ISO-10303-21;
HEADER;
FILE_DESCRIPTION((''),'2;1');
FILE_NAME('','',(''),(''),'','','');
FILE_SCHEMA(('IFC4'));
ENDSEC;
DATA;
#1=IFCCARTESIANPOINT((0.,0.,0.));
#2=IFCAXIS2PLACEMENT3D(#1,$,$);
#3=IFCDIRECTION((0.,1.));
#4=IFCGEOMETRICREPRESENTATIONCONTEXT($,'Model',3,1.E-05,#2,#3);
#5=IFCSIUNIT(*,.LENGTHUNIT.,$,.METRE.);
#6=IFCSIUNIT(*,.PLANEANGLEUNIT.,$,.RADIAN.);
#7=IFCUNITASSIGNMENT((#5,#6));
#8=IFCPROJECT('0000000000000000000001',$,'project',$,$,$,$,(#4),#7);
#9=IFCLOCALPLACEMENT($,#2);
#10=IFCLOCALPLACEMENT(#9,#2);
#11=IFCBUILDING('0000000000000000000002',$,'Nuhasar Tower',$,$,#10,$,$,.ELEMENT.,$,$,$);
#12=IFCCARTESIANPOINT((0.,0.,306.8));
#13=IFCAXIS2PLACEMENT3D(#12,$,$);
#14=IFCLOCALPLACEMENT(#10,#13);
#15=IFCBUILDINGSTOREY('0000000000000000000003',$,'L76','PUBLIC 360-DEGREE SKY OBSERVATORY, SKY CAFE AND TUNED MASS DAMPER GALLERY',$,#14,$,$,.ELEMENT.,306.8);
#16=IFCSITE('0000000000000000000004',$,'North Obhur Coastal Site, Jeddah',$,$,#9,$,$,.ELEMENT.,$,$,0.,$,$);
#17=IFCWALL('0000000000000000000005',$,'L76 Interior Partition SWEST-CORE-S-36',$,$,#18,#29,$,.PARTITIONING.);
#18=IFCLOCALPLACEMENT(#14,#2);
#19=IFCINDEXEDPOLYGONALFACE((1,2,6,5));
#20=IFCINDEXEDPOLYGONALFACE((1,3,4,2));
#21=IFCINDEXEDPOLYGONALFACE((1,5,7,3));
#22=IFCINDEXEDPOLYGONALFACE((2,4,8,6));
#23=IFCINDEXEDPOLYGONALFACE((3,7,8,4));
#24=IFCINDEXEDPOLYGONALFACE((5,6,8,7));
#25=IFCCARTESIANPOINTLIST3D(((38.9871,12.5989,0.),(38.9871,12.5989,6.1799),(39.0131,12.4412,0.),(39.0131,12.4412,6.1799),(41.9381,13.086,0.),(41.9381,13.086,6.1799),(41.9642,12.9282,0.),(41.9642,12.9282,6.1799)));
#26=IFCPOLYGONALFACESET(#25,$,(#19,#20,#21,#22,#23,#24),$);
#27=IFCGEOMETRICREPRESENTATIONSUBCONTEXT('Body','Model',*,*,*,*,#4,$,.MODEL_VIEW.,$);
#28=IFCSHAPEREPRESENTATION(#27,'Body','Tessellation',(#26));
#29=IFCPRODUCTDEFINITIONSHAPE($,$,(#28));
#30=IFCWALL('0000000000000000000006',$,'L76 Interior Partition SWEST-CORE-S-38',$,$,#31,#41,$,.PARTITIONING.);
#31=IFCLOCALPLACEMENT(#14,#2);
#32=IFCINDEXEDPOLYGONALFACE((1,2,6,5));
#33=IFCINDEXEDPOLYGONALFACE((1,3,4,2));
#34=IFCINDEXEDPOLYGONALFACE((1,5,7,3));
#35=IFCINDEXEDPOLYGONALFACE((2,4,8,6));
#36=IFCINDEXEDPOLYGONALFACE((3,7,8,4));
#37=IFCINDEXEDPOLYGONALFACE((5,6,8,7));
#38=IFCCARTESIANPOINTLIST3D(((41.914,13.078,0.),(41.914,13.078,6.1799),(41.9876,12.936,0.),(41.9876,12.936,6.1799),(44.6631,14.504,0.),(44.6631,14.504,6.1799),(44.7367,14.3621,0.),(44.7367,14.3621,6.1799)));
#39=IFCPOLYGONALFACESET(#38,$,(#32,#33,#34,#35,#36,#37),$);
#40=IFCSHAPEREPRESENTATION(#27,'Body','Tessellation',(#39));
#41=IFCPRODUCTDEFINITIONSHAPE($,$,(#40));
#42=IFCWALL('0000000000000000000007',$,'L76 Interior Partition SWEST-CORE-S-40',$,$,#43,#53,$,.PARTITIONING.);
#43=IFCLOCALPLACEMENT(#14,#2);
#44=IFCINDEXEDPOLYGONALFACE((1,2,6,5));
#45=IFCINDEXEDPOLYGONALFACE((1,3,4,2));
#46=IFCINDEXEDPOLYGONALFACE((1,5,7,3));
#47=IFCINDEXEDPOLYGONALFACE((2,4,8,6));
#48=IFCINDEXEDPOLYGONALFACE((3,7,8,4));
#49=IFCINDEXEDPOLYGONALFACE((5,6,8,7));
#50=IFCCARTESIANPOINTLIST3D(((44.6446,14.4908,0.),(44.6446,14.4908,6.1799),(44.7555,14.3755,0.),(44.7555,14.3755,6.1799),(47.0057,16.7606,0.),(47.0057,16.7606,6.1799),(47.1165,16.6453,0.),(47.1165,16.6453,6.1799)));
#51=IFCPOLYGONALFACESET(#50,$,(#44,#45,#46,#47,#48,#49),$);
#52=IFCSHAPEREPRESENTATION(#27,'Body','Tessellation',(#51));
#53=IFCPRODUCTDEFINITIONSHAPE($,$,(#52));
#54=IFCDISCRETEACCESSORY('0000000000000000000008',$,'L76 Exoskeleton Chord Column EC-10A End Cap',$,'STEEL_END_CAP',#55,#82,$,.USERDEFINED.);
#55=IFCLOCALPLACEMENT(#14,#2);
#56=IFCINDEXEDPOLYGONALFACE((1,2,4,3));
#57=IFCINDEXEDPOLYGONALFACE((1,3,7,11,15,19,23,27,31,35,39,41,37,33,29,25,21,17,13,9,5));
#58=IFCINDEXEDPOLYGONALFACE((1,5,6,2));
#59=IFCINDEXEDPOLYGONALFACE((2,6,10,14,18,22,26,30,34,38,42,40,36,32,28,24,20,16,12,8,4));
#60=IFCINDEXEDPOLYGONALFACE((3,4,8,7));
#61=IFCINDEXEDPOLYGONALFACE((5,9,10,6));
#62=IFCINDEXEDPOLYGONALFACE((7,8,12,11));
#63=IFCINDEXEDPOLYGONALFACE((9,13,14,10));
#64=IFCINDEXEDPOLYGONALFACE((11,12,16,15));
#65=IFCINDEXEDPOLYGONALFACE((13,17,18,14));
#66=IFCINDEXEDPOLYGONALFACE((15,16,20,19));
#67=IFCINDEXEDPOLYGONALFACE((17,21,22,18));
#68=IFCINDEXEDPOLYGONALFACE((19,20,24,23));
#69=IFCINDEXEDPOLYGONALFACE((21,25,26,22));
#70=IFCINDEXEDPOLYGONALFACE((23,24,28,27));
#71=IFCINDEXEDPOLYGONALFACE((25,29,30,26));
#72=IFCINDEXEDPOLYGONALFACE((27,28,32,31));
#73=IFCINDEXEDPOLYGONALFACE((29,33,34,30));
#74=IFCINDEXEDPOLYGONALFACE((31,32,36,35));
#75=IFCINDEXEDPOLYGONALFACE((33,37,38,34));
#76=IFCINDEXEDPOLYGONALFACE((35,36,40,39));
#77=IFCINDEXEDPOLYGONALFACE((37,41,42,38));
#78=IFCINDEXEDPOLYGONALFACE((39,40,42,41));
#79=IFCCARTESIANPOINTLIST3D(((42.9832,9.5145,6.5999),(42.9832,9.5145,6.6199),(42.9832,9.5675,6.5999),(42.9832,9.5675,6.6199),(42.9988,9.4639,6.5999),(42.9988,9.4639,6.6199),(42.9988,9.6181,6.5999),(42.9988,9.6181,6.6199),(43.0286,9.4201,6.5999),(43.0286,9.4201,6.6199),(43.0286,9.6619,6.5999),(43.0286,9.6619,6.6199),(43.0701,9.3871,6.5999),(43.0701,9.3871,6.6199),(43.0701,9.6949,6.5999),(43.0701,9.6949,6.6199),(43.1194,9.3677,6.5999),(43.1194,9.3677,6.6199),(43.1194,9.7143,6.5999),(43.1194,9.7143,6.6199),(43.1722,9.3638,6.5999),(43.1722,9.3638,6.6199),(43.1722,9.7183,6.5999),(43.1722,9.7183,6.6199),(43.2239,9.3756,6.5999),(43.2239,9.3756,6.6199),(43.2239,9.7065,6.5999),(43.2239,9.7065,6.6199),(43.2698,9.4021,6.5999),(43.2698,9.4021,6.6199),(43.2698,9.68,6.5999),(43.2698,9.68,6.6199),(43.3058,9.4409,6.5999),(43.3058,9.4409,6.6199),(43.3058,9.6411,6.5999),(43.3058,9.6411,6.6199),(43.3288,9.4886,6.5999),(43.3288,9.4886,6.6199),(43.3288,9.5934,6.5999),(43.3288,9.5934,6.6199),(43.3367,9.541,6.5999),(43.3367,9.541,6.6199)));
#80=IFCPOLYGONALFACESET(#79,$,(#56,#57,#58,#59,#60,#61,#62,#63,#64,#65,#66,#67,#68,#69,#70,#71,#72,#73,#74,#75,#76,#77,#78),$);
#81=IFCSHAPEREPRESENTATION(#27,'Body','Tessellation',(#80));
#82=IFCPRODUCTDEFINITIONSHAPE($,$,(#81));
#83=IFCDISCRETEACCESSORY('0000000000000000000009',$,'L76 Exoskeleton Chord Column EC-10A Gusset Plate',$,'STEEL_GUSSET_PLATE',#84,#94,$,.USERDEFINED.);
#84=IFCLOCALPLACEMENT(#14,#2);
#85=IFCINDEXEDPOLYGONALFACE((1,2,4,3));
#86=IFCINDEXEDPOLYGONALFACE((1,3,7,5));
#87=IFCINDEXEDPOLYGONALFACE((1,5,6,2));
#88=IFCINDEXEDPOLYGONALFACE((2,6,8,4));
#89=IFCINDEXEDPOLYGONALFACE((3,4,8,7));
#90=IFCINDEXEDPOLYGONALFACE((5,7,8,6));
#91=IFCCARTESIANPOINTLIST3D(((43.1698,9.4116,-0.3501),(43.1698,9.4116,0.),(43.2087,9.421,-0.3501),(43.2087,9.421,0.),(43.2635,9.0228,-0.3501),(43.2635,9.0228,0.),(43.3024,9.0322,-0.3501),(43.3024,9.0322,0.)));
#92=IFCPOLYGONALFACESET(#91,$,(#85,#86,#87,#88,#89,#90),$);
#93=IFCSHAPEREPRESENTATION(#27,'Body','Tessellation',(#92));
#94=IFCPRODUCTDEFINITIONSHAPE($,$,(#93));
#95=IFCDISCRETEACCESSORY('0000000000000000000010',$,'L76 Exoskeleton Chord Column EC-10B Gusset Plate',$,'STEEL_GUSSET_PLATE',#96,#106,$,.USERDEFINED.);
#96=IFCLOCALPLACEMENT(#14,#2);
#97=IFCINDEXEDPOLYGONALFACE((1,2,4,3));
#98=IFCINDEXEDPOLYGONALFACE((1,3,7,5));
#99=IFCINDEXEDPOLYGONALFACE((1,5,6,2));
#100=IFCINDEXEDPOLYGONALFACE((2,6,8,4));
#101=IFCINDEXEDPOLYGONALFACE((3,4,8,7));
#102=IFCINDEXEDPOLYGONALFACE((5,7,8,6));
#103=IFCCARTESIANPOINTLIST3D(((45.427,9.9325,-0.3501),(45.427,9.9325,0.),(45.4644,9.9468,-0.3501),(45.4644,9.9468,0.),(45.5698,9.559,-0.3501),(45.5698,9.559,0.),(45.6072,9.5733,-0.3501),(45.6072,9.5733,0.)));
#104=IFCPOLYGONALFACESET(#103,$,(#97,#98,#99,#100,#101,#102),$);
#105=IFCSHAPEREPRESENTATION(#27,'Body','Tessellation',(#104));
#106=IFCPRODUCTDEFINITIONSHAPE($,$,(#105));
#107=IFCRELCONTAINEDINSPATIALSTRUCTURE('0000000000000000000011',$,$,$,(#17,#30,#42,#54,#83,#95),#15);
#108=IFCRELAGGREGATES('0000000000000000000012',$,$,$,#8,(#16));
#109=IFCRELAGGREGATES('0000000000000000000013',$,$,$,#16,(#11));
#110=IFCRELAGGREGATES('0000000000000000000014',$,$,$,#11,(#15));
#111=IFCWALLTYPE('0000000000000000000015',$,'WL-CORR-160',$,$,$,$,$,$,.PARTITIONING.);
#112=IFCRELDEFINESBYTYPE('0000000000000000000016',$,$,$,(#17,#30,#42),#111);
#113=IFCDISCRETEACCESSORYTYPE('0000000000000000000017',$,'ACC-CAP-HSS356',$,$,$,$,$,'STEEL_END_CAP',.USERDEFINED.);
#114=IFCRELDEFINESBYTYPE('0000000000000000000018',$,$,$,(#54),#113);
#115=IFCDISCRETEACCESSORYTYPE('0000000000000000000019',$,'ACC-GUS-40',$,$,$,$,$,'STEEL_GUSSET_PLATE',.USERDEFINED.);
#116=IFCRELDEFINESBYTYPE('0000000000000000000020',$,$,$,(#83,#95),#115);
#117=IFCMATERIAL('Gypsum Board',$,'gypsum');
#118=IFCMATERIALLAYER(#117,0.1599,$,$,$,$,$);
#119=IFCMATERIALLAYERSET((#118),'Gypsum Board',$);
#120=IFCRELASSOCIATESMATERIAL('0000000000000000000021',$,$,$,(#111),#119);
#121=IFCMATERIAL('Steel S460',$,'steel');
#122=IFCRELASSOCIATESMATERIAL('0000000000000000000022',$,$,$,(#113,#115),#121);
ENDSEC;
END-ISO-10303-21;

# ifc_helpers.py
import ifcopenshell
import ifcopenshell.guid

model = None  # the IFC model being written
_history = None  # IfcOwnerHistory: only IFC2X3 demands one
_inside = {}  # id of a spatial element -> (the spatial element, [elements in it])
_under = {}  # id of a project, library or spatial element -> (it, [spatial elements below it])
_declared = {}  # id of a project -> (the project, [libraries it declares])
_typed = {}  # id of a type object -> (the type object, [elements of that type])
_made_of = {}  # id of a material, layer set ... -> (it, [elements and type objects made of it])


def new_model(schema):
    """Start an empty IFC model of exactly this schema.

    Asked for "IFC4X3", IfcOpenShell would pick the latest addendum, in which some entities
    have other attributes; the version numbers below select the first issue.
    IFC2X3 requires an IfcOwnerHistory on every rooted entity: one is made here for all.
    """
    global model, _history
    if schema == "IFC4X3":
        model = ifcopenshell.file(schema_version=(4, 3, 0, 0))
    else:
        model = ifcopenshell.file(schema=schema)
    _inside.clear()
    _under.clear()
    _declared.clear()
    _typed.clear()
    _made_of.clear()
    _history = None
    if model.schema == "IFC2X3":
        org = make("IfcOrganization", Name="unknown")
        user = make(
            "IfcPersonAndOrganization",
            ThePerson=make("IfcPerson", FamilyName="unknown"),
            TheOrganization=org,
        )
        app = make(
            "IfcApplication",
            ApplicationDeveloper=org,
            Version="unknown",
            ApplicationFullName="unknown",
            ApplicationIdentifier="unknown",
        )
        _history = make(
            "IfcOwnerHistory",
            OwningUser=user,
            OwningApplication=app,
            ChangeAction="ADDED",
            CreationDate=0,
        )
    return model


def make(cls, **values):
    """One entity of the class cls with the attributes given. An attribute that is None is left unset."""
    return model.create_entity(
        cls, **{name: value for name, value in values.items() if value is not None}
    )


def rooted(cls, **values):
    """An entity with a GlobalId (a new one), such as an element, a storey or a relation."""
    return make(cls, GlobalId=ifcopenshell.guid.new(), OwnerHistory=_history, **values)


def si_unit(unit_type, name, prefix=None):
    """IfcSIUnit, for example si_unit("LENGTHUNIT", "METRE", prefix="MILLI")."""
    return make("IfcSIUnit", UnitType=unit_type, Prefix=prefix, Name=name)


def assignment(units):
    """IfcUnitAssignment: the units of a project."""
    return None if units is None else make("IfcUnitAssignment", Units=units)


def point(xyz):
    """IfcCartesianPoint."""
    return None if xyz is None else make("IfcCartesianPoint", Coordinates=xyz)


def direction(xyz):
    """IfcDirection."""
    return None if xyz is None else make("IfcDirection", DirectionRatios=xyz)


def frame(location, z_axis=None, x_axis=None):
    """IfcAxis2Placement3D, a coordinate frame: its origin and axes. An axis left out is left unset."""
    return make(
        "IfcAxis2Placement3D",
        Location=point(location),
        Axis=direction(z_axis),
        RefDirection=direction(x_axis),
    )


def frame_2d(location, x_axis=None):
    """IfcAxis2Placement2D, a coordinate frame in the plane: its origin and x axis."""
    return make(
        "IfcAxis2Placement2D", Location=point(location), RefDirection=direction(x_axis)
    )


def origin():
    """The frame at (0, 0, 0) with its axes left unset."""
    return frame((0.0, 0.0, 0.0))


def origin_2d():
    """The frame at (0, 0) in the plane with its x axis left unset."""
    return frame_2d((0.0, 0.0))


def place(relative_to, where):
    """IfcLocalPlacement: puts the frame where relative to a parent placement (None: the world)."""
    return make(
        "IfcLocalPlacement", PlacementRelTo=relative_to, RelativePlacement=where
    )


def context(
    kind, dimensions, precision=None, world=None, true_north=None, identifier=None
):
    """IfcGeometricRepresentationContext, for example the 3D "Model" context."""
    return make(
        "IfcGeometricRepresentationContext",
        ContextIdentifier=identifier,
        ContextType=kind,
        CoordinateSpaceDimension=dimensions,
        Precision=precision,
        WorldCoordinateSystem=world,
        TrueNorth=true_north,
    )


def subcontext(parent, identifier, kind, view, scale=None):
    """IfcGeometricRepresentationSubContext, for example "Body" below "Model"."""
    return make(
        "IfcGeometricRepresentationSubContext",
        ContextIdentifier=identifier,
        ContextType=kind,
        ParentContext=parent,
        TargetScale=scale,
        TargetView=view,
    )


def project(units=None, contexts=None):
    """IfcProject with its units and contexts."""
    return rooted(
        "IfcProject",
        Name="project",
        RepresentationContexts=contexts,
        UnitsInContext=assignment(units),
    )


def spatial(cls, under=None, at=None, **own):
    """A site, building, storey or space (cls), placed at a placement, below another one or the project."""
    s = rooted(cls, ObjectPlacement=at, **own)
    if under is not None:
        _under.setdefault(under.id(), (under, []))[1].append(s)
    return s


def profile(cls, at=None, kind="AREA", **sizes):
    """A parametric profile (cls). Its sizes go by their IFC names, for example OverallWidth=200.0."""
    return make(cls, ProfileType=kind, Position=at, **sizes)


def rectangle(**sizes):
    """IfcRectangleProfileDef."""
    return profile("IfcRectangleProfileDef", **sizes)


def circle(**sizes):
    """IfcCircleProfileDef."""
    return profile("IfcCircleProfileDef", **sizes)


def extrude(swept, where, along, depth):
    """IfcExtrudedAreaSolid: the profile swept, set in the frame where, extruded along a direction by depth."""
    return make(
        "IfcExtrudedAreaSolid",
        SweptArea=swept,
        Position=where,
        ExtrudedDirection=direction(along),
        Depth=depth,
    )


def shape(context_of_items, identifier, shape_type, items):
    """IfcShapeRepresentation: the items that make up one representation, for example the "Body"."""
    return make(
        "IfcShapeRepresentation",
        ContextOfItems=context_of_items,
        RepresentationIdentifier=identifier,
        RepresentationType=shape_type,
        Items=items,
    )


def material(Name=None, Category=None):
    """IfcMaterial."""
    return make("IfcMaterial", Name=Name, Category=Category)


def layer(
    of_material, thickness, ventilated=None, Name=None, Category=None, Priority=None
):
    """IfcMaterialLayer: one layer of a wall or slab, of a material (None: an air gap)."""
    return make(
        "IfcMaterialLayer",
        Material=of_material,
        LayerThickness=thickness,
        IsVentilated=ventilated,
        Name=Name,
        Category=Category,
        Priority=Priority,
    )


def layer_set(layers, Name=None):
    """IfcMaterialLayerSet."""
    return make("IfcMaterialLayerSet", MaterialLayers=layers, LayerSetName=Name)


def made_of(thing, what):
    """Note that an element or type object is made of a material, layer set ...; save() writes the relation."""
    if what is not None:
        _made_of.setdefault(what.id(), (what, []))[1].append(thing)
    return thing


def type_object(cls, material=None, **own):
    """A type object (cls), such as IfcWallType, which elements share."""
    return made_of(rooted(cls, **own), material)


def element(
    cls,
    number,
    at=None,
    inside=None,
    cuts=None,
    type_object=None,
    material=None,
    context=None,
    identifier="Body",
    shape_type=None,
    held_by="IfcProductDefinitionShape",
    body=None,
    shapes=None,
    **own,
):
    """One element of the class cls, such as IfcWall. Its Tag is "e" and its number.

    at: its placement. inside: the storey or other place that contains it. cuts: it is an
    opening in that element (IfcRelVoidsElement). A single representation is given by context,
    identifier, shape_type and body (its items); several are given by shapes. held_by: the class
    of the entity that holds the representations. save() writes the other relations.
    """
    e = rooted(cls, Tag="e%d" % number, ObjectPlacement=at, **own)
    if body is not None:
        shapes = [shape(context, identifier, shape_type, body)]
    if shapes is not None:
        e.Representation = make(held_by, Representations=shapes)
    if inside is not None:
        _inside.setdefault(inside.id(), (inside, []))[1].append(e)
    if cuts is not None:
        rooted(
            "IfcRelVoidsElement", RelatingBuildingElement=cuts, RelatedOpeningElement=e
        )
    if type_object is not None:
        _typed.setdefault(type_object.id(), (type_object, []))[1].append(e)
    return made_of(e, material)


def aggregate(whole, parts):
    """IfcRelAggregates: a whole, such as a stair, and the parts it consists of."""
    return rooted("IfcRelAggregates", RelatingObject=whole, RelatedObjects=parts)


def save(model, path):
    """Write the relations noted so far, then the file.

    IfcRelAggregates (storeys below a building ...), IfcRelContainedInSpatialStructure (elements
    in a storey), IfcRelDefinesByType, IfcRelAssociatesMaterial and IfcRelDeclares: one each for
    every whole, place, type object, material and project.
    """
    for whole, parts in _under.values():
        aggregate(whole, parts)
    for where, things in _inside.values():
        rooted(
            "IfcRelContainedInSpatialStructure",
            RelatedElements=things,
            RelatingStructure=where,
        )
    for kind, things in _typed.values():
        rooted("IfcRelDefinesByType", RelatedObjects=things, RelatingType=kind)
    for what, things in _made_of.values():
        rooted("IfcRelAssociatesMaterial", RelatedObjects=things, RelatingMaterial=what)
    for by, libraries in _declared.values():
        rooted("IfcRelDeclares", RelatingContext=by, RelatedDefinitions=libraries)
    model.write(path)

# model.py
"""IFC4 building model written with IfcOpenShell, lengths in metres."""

from ifc_helpers import new_model, si_unit, direction, frame, frame_2d, origin, origin_2d, place, context, subcontext, project, spatial, rectangle, circle, extrude, material, layer, layer_set, type_object, element, save


model = new_model("IFC4")

# Units and contexts
model_context = context("Model", 3, precision=1e-05, world=origin(), true_north=direction((0.0, 1.0)))
body_context = subcontext(model_context, "Body", "Model", "MODEL_VIEW")
ifc_project = project(units=[si_unit("LENGTHUNIT", "METRE"), si_unit("PLANEANGLEUNIT", "RADIAN")], contexts=[model_context])

# Site, building, storey
site_placement = place(None, origin())
site = spatial("IfcSite", under=ifc_project, at=site_placement, Name="North Obhur Coastal Site, Jeddah", CompositionType="ELEMENT", RefElevation=0.0)
building_placement = place(site_placement, origin())
building = spatial("IfcBuilding", under=site, at=building_placement, Name="Nuhasar Tower", CompositionType="ELEMENT")
storey_placement = place(building_placement, frame((0.0, 0.0, 306.8)))
storey = spatial("IfcBuildingStorey", under=building, at=storey_placement, Name="L76", Description="PUBLIC 360-DEGREE SKY OBSERVATORY, SKY CAFE AND TUNED MASS DAMPER GALLERY", CompositionType="ELEMENT", Elevation=306.8)

# Shared definitions
ifc_material_1 = material(Name="Steel S460", Category="steel")

# Walls
ifc_material_2 = material(Name="Gypsum Board", Category="gypsum")
ifc_layer_1 = layer(ifc_material_2, 0.1599)
ifc_layer_set_1 = layer_set([ifc_layer_1], Name="Gypsum Board")
wall_type_1 = type_object("IfcWallType", Name="WL-CORR-160", PredefinedType="PARTITIONING", material=ifc_layer_set_1)
wall_1_placement = place(storey_placement, frame((39.0, 12.52, 0.0), z_axis=(0.0, 0.0, 1.0), x_axis=(0.986651, 0.16285, 0.0)))
element("IfcWall", 1, at=wall_1_placement, inside=storey, type_object=wall_type_1, Name="L76 Interior Partition SWEST-CORE-S-36", PredefinedType="PARTITIONING", context=body_context, shape_type="SweptSolid", body=[
    extrude(rectangle(XDim=2.991, YDim=0.1599, at=frame_2d((1.4956, 0.0))), origin(), (0.0, 0.0, 1.0), 6.1799),
])
wall_2_placement = place(storey_placement, frame((41.9509, 13.0071, 0.0), z_axis=(0.0, 0.0, 1.0), x_axis=(0.887675, 0.460471, 0.0)))
element("IfcWall", 2, at=wall_2_placement, inside=storey, type_object=wall_type_1, Name="L76 Interior Partition SWEST-CORE-S-38", PredefinedType="PARTITIONING", context=body_context, shape_type="SweptSolid", body=[
    extrude(rectangle(XDim=3.0969, YDim=0.1599, at=frame_2d((1.5483, 0.0))), origin(), (0.0, 0.0, 1.0), 6.1799),
])
wall_3_placement = place(storey_placement, frame((44.7, 14.4331, 0.0), z_axis=(0.0, 0.0, 1.0), x_axis=(0.720909, 0.69303, 0.0)))
element("IfcWall", 3, at=wall_3_placement, inside=storey, type_object=wall_type_1, Name="L76 Interior Partition SWEST-CORE-S-40", PredefinedType="PARTITIONING", context=body_context, shape_type="SweptSolid", body=[
    extrude(rectangle(XDim=3.2751, YDim=0.1599, at=frame_2d((1.6377, 0.0))), origin(), (0.0, 0.0, 1.0), 6.1799),
])

# Discrete accessories
discrete_accessory_type_1 = type_object("IfcDiscreteAccessoryType", Name="ACC-CAP-HSS356", ElementType="STEEL_END_CAP", PredefinedType="USERDEFINED", material=ifc_material_1)
discrete_accessory_placement = place(storey_placement, frame((43.1589, 9.541, 6.5999), z_axis=(0.0, 0.0, 1.0), x_axis=(1.0, 0.0, 0.0)))
element("IfcDiscreteAccessory", 4, at=discrete_accessory_placement, inside=storey, type_object=discrete_accessory_type_1, Name="L76 Exoskeleton Chord Column EC-10A End Cap", ObjectType="STEEL_END_CAP", PredefinedType="USERDEFINED", context=body_context, shape_type="SweptSolid", body=[
    extrude(circle(Radius=0.1777, at=origin_2d()), origin(), (0.0, 0.0, 1.0), 0.02),
])
discrete_accessory_type_2 = type_object("IfcDiscreteAccessoryType", Name="ACC-GUS-40", ElementType="STEEL_GUSSET_PLATE", PredefinedType="USERDEFINED", material=ifc_material_1)
for number, where, z_axis, x_axis, name in (
    (5, (43.2361, 9.2219, -0.3501), (0.0, 0.0, 1.0), (0.234277, -0.97217, 0.0), "L76 Exoskeleton Chord Column EC-10A Gusset Plate"),
    (6, (45.5171, 9.7529, -0.3501), (0.0, 0.0, 1.0), (0.357097, -0.934067, 0.0), "L76 Exoskeleton Chord Column EC-10B Gusset Plate"),
):
    element("IfcDiscreteAccessory", number, at=place(storey_placement, frame(where, z_axis=z_axis, x_axis=x_axis)), inside=storey, type_object=discrete_accessory_type_2, Name=name, ObjectType="STEEL_GUSSET_PLATE", PredefinedType="USERDEFINED", context=body_context, shape_type="SweptSolid", body=[
        extrude(rectangle(XDim=0.3999, YDim=0.04, at=origin_2d()), origin(), (0.0, 0.0, 1.0), 0.3501),
    ])

save(model, "model.ifc")
